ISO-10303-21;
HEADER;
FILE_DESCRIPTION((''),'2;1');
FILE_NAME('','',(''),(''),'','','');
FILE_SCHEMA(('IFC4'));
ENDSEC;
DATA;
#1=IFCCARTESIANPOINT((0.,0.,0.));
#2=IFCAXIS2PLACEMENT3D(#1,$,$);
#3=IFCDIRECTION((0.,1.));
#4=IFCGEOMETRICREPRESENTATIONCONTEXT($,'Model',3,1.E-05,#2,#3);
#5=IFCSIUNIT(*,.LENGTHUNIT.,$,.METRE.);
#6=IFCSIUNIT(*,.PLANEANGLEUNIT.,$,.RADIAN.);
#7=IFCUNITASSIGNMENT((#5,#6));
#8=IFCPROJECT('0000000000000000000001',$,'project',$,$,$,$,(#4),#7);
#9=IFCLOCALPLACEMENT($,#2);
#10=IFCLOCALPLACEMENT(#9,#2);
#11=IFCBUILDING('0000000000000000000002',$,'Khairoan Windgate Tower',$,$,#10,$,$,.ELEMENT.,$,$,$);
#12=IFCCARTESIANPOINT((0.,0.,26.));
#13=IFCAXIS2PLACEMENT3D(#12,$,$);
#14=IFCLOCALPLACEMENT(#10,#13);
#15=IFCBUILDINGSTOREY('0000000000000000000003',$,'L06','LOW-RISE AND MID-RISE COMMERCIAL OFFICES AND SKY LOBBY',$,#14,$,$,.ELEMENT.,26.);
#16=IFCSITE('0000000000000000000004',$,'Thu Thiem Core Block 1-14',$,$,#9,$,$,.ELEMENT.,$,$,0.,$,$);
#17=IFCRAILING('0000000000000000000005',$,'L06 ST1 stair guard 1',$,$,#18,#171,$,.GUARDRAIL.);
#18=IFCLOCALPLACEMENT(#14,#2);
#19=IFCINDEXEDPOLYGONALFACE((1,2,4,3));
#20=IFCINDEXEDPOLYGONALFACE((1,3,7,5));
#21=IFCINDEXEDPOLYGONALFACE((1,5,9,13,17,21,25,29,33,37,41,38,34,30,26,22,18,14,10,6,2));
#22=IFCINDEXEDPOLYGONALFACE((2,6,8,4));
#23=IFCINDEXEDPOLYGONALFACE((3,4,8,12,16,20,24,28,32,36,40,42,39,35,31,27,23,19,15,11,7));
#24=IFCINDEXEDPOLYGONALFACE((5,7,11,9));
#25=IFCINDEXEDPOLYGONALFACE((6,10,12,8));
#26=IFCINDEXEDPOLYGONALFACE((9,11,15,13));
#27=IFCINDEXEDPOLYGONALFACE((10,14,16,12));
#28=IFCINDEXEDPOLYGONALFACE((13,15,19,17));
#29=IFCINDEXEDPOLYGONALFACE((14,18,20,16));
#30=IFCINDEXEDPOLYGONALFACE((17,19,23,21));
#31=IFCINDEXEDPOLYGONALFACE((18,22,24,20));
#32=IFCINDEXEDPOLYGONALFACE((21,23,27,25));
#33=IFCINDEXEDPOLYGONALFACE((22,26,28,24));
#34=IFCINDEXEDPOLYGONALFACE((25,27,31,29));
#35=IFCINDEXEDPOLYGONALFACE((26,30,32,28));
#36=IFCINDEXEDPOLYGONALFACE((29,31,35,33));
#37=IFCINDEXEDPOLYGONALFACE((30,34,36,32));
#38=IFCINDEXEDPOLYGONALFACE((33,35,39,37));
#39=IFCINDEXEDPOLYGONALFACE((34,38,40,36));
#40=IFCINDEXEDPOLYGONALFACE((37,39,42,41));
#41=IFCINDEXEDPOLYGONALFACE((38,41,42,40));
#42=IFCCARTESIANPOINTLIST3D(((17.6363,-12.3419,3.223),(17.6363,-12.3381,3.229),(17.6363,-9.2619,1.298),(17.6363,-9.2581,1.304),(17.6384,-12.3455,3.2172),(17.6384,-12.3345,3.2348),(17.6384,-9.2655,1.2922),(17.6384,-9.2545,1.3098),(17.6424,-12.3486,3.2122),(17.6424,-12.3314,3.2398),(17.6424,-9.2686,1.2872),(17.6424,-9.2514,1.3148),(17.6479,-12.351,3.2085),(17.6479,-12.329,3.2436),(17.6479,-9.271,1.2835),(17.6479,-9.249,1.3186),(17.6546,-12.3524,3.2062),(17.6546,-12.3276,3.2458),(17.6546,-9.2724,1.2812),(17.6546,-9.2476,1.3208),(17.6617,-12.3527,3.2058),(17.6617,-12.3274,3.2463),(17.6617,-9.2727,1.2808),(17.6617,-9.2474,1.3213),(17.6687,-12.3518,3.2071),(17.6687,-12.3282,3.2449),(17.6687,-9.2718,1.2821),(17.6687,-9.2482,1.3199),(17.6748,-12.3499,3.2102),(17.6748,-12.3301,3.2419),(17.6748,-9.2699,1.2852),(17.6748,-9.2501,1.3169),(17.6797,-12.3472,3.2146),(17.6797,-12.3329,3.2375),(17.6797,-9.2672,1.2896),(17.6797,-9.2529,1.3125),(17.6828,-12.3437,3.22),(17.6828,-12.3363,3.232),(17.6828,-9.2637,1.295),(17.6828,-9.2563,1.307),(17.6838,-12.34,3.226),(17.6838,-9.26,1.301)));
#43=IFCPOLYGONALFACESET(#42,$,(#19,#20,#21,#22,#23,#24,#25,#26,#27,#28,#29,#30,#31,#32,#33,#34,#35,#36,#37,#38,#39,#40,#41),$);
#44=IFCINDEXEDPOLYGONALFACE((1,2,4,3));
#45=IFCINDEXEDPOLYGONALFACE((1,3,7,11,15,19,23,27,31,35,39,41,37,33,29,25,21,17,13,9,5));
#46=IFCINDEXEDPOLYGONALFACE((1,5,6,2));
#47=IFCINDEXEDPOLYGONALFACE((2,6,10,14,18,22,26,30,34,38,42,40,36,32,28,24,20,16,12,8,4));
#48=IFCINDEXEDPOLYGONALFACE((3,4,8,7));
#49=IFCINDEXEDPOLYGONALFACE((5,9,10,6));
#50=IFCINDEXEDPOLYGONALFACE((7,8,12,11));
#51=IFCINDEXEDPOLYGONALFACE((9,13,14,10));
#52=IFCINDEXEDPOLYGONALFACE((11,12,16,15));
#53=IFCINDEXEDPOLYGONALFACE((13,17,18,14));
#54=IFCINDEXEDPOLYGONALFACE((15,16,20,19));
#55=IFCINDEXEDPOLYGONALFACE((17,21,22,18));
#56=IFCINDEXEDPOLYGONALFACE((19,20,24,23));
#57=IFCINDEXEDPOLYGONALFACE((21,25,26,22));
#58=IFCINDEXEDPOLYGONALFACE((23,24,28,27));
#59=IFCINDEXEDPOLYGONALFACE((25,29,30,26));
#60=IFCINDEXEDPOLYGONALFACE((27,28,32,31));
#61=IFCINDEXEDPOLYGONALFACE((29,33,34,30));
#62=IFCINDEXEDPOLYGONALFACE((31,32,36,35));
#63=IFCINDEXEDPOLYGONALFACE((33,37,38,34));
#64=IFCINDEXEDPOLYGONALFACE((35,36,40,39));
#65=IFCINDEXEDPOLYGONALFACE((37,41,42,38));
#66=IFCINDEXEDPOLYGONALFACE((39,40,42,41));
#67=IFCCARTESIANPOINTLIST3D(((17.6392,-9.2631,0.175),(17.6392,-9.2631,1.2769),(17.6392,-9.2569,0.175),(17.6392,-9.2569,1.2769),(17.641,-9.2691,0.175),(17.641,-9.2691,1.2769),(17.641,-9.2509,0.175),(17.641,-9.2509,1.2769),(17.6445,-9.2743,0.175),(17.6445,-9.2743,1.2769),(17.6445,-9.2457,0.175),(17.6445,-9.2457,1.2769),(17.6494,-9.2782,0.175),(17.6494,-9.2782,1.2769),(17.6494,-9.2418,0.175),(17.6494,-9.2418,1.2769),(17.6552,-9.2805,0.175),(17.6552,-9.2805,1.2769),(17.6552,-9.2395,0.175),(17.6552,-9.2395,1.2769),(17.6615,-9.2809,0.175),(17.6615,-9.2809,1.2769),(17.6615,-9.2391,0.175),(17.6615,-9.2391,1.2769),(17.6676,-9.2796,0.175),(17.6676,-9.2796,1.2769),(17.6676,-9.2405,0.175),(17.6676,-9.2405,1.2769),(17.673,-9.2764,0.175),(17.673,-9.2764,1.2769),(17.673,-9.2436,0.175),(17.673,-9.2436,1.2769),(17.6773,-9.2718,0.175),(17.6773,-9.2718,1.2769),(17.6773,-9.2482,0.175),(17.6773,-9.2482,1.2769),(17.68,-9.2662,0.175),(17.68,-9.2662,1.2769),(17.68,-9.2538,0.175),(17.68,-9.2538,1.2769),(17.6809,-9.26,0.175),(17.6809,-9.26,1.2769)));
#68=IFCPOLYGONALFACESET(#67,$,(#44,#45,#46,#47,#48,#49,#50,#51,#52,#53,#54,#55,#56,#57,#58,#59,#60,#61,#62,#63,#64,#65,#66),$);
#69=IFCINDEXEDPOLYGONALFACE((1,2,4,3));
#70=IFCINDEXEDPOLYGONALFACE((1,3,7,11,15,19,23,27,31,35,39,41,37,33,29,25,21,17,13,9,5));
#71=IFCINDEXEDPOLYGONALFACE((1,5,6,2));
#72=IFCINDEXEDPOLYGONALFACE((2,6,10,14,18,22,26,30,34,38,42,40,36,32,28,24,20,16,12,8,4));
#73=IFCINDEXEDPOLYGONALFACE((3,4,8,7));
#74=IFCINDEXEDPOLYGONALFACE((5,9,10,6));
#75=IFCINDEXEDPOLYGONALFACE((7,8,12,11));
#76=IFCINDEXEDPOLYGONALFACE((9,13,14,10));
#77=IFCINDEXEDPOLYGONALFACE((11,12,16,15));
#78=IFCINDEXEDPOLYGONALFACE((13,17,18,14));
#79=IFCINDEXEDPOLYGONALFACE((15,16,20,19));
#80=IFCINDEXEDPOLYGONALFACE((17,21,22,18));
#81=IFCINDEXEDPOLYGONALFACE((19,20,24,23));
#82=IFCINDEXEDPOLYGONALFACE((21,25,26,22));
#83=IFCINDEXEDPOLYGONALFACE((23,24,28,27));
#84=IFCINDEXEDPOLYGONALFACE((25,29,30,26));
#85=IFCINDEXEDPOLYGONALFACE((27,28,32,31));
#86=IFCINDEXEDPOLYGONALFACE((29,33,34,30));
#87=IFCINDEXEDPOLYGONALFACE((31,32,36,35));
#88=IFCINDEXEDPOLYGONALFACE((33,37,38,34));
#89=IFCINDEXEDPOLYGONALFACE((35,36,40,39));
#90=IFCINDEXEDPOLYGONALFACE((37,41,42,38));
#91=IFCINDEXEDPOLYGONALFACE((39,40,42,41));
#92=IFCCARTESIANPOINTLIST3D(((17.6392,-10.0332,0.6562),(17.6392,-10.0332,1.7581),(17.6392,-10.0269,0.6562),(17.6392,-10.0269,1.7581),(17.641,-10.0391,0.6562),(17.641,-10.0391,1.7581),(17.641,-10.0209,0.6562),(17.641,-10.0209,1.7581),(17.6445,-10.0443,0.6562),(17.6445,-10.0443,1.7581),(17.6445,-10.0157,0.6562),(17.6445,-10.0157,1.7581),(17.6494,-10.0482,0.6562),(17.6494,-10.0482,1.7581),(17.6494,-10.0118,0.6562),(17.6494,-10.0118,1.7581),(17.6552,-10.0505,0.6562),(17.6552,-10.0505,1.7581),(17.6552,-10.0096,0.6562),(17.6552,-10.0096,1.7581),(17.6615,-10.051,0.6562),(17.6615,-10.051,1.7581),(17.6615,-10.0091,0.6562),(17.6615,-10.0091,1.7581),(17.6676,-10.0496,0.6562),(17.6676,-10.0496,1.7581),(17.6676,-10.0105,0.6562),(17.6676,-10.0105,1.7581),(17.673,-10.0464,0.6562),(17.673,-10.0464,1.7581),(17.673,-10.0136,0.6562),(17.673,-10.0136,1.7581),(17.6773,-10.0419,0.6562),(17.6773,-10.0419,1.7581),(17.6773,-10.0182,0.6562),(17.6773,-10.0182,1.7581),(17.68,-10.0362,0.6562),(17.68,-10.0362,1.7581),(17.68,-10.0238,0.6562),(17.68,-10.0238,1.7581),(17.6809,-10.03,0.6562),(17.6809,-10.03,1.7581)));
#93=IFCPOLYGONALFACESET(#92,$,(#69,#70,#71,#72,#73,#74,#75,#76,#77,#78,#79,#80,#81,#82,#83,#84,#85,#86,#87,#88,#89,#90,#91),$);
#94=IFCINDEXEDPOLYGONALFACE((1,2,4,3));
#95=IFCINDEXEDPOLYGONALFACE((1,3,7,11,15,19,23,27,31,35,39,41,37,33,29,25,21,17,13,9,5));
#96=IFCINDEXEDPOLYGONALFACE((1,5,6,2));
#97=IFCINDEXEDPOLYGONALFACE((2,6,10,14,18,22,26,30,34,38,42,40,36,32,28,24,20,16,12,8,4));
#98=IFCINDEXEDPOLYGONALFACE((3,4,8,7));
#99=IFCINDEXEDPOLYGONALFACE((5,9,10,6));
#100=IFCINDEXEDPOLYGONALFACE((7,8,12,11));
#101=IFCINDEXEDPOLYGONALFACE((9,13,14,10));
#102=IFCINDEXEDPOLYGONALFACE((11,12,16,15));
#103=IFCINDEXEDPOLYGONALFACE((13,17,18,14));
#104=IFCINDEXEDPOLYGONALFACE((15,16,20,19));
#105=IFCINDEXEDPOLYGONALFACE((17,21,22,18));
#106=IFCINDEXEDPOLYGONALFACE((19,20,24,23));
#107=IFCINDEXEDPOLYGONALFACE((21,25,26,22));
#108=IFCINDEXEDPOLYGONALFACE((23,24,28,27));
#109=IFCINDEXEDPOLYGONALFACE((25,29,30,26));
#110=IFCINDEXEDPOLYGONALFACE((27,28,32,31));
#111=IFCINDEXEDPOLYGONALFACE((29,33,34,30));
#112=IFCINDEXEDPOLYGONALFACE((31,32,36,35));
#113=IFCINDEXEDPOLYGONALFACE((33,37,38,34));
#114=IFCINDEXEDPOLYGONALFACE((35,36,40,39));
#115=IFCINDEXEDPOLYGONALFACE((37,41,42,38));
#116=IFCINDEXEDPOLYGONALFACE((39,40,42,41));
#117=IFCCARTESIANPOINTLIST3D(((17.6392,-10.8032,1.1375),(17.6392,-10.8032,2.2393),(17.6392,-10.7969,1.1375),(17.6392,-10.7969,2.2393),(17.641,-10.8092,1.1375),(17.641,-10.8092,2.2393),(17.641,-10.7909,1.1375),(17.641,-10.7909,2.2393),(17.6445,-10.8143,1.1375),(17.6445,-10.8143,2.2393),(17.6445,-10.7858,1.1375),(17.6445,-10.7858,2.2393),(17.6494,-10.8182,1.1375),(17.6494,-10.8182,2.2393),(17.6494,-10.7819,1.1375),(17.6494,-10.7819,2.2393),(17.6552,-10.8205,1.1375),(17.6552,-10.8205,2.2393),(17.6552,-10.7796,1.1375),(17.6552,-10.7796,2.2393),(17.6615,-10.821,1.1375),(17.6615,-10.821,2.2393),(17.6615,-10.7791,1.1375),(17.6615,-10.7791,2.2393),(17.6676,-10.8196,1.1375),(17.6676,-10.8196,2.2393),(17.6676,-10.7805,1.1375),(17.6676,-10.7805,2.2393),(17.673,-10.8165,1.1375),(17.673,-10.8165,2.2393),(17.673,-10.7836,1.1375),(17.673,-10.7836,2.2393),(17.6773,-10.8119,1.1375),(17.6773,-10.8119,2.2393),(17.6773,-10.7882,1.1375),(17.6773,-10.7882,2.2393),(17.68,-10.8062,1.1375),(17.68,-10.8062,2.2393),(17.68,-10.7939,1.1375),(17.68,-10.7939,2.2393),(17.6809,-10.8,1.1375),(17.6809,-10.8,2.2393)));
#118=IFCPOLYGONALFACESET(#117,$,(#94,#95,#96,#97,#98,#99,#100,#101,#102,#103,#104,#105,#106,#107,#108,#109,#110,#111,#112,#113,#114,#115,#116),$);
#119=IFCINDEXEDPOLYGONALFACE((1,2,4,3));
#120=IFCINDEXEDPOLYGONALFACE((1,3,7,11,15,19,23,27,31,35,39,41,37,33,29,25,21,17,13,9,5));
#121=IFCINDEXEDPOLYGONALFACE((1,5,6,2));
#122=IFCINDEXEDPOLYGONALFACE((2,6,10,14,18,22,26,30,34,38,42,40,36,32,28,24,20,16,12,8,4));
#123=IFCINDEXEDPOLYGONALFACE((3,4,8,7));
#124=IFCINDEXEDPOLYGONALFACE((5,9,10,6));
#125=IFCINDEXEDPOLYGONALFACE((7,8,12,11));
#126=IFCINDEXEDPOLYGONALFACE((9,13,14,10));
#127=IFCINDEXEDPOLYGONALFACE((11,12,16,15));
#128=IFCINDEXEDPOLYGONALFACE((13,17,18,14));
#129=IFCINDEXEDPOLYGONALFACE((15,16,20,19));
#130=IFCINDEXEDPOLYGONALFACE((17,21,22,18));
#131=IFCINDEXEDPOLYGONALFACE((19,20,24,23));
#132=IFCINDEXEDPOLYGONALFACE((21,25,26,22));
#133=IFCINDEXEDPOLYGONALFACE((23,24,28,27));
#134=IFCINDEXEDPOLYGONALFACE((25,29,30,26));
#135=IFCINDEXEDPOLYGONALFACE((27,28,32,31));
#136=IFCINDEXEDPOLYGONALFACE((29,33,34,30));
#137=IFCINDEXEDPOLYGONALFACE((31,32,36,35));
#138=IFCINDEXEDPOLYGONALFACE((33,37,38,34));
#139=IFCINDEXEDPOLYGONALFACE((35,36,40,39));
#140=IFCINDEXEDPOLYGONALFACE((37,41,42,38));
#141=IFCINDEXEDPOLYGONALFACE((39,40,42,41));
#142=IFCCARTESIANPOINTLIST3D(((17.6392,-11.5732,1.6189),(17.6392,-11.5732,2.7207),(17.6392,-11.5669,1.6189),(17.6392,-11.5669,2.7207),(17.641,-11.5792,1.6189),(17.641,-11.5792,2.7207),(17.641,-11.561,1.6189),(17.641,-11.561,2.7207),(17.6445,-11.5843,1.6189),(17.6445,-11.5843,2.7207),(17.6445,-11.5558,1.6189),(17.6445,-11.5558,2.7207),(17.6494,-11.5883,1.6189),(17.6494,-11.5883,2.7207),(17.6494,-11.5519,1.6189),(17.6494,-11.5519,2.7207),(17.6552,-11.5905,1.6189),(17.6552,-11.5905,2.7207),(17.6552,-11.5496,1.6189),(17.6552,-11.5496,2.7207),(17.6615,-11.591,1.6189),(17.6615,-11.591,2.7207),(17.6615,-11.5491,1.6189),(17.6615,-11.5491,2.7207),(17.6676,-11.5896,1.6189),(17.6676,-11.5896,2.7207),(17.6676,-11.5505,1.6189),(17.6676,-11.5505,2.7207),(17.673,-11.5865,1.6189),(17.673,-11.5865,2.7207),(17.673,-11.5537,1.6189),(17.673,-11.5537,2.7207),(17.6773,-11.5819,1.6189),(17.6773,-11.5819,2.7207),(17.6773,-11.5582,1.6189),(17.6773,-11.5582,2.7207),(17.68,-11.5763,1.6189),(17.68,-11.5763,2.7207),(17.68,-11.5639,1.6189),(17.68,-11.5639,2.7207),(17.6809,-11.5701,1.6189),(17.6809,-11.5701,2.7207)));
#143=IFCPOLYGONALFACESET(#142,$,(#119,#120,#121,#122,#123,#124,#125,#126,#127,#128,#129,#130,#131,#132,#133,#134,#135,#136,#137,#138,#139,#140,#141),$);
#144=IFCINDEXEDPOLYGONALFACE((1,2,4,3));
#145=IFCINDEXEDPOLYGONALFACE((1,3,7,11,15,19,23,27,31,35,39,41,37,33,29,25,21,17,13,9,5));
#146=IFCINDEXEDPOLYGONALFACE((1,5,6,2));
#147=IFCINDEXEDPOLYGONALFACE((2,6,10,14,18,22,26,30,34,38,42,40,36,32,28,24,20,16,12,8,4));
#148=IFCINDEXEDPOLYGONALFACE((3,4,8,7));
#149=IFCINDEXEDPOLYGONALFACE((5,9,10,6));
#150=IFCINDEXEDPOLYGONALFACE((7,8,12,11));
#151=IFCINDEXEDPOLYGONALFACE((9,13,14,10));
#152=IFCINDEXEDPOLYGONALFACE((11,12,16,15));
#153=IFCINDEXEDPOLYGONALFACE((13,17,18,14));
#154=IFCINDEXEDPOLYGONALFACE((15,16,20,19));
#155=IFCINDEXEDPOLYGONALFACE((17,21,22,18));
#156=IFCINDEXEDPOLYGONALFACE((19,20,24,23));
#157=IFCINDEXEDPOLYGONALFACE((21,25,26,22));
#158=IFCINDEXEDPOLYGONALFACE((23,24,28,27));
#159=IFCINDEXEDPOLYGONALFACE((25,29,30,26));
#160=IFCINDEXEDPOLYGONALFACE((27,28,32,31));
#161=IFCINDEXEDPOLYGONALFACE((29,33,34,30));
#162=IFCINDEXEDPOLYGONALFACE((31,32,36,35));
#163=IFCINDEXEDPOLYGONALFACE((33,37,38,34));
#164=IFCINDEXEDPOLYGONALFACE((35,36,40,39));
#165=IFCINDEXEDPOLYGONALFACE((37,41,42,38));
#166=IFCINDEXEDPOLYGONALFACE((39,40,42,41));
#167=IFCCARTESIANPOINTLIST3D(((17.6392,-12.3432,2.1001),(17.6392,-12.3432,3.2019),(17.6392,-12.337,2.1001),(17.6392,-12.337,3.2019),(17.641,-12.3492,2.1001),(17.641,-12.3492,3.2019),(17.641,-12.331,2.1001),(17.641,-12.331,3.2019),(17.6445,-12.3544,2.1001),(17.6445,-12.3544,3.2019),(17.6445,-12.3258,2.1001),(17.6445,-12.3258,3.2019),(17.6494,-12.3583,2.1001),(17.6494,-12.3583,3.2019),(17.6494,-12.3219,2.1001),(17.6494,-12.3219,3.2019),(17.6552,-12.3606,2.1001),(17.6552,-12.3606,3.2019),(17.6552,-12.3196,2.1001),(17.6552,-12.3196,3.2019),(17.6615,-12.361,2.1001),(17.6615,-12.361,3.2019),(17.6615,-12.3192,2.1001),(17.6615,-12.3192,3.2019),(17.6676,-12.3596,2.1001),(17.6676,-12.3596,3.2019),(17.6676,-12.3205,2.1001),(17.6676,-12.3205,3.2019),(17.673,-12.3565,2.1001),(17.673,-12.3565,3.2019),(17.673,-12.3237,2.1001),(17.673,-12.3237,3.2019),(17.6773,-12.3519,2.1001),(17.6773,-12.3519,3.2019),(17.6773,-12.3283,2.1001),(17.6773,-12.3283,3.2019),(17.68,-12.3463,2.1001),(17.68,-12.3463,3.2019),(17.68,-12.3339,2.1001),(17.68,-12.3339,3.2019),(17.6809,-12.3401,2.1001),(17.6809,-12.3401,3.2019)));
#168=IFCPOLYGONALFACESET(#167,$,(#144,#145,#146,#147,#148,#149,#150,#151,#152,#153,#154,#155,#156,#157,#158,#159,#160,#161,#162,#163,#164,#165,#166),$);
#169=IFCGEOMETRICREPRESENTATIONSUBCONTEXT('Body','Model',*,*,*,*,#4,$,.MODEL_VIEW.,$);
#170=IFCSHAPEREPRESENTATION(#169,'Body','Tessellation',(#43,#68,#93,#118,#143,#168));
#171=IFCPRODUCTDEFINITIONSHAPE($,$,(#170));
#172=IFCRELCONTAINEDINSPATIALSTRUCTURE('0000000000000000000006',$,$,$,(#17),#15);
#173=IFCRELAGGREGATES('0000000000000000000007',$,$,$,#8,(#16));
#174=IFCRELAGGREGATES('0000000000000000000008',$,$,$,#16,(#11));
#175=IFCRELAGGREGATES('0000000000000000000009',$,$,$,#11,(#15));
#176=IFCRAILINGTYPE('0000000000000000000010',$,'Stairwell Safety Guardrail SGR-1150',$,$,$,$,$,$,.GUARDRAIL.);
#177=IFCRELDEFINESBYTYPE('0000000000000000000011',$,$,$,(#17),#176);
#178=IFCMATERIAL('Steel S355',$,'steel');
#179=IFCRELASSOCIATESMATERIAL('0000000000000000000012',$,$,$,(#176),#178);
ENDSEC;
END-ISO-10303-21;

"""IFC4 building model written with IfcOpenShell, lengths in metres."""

from ifc_helpers import new_model, si_unit, direction, frame, origin, origin_2d, place, context, subcontext, project, spatial, circle, extrude, material, type_object, element, save


model = new_model("IFC4")

# Units and contexts
model_context = context("Model", 3, precision=1e-05, world=origin(), true_north=direction((0.0, 1.0)))
body_context = subcontext(model_context, "Body", "Model", "MODEL_VIEW")
ifc_project = project(units=[si_unit("LENGTHUNIT", "METRE"), si_unit("PLANEANGLEUNIT", "RADIAN")], contexts=[model_context])

# Site, building, storey
site_placement = place(None, origin())
site = spatial("IfcSite", under=ifc_project, at=site_placement, Name="Thu Thiem Core Block 1-14", CompositionType="ELEMENT", RefElevation=0.0)
building_placement = place(site_placement, origin())
building = spatial("IfcBuilding", under=site, at=building_placement, Name="Khairoan Windgate Tower", CompositionType="ELEMENT")
storey_placement = place(building_placement, frame((0.0, 0.0, 26.0)))
storey = spatial("IfcBuildingStorey", under=building, at=storey_placement, Name="L06", Description="LOW-RISE AND MID-RISE COMMERCIAL OFFICES AND SKY LOBBY", CompositionType="ELEMENT", Elevation=26.0)

# Railing
ifc_material_1 = material(Name="Steel S355", Category="steel")
railing_type = type_object("IfcRailingType", Name="Stairwell Safety Guardrail SGR-1150", PredefinedType="GUARDRAIL", material=ifc_material_1)
railing_1_placement = place(storey_placement, frame((17.6599, -9.26, 0.175)))
element("IfcRailing", 1, at=railing_1_placement, inside=storey, type_object=railing_type, Name="L06 ST1 stair guard 1", PredefinedType="GUARDRAIL", context=body_context, shape_type="SweptSolid", body=[
    extrude(circle(Radius=0.0239, at=origin_2d()), frame((0.0, 0.0, 1.126), z_axis=(0.0, -0.847998, 0.529999), x_axis=(1.0, 0.0, 0.0)), (0.0, 0.0, 1.0), 3.6321),
    extrude(circle(Radius=0.021, at=origin_2d()), origin(), (0.0, 0.0, 1.0), 1.1018),
    extrude(circle(Radius=0.021, at=origin_2d()), frame((0.0, -0.77, 0.4812)), (0.0, 0.0, 1.0), 1.1018),
    extrude(circle(Radius=0.021, at=origin_2d()), frame((0.0, -1.54, 0.9624)), (0.0, 0.0, 1.0), 1.1018),
    extrude(circle(Radius=0.021, at=origin_2d()), frame((0.0, -2.3101, 1.4438)), (0.0, 0.0, 1.0), 1.1018),
    extrude(circle(Radius=0.021, at=origin_2d()), frame((0.0, -3.0801, 1.925)), (0.0, 0.0, 1.0), 1.1018),
])

save(model, "model.ifc")
